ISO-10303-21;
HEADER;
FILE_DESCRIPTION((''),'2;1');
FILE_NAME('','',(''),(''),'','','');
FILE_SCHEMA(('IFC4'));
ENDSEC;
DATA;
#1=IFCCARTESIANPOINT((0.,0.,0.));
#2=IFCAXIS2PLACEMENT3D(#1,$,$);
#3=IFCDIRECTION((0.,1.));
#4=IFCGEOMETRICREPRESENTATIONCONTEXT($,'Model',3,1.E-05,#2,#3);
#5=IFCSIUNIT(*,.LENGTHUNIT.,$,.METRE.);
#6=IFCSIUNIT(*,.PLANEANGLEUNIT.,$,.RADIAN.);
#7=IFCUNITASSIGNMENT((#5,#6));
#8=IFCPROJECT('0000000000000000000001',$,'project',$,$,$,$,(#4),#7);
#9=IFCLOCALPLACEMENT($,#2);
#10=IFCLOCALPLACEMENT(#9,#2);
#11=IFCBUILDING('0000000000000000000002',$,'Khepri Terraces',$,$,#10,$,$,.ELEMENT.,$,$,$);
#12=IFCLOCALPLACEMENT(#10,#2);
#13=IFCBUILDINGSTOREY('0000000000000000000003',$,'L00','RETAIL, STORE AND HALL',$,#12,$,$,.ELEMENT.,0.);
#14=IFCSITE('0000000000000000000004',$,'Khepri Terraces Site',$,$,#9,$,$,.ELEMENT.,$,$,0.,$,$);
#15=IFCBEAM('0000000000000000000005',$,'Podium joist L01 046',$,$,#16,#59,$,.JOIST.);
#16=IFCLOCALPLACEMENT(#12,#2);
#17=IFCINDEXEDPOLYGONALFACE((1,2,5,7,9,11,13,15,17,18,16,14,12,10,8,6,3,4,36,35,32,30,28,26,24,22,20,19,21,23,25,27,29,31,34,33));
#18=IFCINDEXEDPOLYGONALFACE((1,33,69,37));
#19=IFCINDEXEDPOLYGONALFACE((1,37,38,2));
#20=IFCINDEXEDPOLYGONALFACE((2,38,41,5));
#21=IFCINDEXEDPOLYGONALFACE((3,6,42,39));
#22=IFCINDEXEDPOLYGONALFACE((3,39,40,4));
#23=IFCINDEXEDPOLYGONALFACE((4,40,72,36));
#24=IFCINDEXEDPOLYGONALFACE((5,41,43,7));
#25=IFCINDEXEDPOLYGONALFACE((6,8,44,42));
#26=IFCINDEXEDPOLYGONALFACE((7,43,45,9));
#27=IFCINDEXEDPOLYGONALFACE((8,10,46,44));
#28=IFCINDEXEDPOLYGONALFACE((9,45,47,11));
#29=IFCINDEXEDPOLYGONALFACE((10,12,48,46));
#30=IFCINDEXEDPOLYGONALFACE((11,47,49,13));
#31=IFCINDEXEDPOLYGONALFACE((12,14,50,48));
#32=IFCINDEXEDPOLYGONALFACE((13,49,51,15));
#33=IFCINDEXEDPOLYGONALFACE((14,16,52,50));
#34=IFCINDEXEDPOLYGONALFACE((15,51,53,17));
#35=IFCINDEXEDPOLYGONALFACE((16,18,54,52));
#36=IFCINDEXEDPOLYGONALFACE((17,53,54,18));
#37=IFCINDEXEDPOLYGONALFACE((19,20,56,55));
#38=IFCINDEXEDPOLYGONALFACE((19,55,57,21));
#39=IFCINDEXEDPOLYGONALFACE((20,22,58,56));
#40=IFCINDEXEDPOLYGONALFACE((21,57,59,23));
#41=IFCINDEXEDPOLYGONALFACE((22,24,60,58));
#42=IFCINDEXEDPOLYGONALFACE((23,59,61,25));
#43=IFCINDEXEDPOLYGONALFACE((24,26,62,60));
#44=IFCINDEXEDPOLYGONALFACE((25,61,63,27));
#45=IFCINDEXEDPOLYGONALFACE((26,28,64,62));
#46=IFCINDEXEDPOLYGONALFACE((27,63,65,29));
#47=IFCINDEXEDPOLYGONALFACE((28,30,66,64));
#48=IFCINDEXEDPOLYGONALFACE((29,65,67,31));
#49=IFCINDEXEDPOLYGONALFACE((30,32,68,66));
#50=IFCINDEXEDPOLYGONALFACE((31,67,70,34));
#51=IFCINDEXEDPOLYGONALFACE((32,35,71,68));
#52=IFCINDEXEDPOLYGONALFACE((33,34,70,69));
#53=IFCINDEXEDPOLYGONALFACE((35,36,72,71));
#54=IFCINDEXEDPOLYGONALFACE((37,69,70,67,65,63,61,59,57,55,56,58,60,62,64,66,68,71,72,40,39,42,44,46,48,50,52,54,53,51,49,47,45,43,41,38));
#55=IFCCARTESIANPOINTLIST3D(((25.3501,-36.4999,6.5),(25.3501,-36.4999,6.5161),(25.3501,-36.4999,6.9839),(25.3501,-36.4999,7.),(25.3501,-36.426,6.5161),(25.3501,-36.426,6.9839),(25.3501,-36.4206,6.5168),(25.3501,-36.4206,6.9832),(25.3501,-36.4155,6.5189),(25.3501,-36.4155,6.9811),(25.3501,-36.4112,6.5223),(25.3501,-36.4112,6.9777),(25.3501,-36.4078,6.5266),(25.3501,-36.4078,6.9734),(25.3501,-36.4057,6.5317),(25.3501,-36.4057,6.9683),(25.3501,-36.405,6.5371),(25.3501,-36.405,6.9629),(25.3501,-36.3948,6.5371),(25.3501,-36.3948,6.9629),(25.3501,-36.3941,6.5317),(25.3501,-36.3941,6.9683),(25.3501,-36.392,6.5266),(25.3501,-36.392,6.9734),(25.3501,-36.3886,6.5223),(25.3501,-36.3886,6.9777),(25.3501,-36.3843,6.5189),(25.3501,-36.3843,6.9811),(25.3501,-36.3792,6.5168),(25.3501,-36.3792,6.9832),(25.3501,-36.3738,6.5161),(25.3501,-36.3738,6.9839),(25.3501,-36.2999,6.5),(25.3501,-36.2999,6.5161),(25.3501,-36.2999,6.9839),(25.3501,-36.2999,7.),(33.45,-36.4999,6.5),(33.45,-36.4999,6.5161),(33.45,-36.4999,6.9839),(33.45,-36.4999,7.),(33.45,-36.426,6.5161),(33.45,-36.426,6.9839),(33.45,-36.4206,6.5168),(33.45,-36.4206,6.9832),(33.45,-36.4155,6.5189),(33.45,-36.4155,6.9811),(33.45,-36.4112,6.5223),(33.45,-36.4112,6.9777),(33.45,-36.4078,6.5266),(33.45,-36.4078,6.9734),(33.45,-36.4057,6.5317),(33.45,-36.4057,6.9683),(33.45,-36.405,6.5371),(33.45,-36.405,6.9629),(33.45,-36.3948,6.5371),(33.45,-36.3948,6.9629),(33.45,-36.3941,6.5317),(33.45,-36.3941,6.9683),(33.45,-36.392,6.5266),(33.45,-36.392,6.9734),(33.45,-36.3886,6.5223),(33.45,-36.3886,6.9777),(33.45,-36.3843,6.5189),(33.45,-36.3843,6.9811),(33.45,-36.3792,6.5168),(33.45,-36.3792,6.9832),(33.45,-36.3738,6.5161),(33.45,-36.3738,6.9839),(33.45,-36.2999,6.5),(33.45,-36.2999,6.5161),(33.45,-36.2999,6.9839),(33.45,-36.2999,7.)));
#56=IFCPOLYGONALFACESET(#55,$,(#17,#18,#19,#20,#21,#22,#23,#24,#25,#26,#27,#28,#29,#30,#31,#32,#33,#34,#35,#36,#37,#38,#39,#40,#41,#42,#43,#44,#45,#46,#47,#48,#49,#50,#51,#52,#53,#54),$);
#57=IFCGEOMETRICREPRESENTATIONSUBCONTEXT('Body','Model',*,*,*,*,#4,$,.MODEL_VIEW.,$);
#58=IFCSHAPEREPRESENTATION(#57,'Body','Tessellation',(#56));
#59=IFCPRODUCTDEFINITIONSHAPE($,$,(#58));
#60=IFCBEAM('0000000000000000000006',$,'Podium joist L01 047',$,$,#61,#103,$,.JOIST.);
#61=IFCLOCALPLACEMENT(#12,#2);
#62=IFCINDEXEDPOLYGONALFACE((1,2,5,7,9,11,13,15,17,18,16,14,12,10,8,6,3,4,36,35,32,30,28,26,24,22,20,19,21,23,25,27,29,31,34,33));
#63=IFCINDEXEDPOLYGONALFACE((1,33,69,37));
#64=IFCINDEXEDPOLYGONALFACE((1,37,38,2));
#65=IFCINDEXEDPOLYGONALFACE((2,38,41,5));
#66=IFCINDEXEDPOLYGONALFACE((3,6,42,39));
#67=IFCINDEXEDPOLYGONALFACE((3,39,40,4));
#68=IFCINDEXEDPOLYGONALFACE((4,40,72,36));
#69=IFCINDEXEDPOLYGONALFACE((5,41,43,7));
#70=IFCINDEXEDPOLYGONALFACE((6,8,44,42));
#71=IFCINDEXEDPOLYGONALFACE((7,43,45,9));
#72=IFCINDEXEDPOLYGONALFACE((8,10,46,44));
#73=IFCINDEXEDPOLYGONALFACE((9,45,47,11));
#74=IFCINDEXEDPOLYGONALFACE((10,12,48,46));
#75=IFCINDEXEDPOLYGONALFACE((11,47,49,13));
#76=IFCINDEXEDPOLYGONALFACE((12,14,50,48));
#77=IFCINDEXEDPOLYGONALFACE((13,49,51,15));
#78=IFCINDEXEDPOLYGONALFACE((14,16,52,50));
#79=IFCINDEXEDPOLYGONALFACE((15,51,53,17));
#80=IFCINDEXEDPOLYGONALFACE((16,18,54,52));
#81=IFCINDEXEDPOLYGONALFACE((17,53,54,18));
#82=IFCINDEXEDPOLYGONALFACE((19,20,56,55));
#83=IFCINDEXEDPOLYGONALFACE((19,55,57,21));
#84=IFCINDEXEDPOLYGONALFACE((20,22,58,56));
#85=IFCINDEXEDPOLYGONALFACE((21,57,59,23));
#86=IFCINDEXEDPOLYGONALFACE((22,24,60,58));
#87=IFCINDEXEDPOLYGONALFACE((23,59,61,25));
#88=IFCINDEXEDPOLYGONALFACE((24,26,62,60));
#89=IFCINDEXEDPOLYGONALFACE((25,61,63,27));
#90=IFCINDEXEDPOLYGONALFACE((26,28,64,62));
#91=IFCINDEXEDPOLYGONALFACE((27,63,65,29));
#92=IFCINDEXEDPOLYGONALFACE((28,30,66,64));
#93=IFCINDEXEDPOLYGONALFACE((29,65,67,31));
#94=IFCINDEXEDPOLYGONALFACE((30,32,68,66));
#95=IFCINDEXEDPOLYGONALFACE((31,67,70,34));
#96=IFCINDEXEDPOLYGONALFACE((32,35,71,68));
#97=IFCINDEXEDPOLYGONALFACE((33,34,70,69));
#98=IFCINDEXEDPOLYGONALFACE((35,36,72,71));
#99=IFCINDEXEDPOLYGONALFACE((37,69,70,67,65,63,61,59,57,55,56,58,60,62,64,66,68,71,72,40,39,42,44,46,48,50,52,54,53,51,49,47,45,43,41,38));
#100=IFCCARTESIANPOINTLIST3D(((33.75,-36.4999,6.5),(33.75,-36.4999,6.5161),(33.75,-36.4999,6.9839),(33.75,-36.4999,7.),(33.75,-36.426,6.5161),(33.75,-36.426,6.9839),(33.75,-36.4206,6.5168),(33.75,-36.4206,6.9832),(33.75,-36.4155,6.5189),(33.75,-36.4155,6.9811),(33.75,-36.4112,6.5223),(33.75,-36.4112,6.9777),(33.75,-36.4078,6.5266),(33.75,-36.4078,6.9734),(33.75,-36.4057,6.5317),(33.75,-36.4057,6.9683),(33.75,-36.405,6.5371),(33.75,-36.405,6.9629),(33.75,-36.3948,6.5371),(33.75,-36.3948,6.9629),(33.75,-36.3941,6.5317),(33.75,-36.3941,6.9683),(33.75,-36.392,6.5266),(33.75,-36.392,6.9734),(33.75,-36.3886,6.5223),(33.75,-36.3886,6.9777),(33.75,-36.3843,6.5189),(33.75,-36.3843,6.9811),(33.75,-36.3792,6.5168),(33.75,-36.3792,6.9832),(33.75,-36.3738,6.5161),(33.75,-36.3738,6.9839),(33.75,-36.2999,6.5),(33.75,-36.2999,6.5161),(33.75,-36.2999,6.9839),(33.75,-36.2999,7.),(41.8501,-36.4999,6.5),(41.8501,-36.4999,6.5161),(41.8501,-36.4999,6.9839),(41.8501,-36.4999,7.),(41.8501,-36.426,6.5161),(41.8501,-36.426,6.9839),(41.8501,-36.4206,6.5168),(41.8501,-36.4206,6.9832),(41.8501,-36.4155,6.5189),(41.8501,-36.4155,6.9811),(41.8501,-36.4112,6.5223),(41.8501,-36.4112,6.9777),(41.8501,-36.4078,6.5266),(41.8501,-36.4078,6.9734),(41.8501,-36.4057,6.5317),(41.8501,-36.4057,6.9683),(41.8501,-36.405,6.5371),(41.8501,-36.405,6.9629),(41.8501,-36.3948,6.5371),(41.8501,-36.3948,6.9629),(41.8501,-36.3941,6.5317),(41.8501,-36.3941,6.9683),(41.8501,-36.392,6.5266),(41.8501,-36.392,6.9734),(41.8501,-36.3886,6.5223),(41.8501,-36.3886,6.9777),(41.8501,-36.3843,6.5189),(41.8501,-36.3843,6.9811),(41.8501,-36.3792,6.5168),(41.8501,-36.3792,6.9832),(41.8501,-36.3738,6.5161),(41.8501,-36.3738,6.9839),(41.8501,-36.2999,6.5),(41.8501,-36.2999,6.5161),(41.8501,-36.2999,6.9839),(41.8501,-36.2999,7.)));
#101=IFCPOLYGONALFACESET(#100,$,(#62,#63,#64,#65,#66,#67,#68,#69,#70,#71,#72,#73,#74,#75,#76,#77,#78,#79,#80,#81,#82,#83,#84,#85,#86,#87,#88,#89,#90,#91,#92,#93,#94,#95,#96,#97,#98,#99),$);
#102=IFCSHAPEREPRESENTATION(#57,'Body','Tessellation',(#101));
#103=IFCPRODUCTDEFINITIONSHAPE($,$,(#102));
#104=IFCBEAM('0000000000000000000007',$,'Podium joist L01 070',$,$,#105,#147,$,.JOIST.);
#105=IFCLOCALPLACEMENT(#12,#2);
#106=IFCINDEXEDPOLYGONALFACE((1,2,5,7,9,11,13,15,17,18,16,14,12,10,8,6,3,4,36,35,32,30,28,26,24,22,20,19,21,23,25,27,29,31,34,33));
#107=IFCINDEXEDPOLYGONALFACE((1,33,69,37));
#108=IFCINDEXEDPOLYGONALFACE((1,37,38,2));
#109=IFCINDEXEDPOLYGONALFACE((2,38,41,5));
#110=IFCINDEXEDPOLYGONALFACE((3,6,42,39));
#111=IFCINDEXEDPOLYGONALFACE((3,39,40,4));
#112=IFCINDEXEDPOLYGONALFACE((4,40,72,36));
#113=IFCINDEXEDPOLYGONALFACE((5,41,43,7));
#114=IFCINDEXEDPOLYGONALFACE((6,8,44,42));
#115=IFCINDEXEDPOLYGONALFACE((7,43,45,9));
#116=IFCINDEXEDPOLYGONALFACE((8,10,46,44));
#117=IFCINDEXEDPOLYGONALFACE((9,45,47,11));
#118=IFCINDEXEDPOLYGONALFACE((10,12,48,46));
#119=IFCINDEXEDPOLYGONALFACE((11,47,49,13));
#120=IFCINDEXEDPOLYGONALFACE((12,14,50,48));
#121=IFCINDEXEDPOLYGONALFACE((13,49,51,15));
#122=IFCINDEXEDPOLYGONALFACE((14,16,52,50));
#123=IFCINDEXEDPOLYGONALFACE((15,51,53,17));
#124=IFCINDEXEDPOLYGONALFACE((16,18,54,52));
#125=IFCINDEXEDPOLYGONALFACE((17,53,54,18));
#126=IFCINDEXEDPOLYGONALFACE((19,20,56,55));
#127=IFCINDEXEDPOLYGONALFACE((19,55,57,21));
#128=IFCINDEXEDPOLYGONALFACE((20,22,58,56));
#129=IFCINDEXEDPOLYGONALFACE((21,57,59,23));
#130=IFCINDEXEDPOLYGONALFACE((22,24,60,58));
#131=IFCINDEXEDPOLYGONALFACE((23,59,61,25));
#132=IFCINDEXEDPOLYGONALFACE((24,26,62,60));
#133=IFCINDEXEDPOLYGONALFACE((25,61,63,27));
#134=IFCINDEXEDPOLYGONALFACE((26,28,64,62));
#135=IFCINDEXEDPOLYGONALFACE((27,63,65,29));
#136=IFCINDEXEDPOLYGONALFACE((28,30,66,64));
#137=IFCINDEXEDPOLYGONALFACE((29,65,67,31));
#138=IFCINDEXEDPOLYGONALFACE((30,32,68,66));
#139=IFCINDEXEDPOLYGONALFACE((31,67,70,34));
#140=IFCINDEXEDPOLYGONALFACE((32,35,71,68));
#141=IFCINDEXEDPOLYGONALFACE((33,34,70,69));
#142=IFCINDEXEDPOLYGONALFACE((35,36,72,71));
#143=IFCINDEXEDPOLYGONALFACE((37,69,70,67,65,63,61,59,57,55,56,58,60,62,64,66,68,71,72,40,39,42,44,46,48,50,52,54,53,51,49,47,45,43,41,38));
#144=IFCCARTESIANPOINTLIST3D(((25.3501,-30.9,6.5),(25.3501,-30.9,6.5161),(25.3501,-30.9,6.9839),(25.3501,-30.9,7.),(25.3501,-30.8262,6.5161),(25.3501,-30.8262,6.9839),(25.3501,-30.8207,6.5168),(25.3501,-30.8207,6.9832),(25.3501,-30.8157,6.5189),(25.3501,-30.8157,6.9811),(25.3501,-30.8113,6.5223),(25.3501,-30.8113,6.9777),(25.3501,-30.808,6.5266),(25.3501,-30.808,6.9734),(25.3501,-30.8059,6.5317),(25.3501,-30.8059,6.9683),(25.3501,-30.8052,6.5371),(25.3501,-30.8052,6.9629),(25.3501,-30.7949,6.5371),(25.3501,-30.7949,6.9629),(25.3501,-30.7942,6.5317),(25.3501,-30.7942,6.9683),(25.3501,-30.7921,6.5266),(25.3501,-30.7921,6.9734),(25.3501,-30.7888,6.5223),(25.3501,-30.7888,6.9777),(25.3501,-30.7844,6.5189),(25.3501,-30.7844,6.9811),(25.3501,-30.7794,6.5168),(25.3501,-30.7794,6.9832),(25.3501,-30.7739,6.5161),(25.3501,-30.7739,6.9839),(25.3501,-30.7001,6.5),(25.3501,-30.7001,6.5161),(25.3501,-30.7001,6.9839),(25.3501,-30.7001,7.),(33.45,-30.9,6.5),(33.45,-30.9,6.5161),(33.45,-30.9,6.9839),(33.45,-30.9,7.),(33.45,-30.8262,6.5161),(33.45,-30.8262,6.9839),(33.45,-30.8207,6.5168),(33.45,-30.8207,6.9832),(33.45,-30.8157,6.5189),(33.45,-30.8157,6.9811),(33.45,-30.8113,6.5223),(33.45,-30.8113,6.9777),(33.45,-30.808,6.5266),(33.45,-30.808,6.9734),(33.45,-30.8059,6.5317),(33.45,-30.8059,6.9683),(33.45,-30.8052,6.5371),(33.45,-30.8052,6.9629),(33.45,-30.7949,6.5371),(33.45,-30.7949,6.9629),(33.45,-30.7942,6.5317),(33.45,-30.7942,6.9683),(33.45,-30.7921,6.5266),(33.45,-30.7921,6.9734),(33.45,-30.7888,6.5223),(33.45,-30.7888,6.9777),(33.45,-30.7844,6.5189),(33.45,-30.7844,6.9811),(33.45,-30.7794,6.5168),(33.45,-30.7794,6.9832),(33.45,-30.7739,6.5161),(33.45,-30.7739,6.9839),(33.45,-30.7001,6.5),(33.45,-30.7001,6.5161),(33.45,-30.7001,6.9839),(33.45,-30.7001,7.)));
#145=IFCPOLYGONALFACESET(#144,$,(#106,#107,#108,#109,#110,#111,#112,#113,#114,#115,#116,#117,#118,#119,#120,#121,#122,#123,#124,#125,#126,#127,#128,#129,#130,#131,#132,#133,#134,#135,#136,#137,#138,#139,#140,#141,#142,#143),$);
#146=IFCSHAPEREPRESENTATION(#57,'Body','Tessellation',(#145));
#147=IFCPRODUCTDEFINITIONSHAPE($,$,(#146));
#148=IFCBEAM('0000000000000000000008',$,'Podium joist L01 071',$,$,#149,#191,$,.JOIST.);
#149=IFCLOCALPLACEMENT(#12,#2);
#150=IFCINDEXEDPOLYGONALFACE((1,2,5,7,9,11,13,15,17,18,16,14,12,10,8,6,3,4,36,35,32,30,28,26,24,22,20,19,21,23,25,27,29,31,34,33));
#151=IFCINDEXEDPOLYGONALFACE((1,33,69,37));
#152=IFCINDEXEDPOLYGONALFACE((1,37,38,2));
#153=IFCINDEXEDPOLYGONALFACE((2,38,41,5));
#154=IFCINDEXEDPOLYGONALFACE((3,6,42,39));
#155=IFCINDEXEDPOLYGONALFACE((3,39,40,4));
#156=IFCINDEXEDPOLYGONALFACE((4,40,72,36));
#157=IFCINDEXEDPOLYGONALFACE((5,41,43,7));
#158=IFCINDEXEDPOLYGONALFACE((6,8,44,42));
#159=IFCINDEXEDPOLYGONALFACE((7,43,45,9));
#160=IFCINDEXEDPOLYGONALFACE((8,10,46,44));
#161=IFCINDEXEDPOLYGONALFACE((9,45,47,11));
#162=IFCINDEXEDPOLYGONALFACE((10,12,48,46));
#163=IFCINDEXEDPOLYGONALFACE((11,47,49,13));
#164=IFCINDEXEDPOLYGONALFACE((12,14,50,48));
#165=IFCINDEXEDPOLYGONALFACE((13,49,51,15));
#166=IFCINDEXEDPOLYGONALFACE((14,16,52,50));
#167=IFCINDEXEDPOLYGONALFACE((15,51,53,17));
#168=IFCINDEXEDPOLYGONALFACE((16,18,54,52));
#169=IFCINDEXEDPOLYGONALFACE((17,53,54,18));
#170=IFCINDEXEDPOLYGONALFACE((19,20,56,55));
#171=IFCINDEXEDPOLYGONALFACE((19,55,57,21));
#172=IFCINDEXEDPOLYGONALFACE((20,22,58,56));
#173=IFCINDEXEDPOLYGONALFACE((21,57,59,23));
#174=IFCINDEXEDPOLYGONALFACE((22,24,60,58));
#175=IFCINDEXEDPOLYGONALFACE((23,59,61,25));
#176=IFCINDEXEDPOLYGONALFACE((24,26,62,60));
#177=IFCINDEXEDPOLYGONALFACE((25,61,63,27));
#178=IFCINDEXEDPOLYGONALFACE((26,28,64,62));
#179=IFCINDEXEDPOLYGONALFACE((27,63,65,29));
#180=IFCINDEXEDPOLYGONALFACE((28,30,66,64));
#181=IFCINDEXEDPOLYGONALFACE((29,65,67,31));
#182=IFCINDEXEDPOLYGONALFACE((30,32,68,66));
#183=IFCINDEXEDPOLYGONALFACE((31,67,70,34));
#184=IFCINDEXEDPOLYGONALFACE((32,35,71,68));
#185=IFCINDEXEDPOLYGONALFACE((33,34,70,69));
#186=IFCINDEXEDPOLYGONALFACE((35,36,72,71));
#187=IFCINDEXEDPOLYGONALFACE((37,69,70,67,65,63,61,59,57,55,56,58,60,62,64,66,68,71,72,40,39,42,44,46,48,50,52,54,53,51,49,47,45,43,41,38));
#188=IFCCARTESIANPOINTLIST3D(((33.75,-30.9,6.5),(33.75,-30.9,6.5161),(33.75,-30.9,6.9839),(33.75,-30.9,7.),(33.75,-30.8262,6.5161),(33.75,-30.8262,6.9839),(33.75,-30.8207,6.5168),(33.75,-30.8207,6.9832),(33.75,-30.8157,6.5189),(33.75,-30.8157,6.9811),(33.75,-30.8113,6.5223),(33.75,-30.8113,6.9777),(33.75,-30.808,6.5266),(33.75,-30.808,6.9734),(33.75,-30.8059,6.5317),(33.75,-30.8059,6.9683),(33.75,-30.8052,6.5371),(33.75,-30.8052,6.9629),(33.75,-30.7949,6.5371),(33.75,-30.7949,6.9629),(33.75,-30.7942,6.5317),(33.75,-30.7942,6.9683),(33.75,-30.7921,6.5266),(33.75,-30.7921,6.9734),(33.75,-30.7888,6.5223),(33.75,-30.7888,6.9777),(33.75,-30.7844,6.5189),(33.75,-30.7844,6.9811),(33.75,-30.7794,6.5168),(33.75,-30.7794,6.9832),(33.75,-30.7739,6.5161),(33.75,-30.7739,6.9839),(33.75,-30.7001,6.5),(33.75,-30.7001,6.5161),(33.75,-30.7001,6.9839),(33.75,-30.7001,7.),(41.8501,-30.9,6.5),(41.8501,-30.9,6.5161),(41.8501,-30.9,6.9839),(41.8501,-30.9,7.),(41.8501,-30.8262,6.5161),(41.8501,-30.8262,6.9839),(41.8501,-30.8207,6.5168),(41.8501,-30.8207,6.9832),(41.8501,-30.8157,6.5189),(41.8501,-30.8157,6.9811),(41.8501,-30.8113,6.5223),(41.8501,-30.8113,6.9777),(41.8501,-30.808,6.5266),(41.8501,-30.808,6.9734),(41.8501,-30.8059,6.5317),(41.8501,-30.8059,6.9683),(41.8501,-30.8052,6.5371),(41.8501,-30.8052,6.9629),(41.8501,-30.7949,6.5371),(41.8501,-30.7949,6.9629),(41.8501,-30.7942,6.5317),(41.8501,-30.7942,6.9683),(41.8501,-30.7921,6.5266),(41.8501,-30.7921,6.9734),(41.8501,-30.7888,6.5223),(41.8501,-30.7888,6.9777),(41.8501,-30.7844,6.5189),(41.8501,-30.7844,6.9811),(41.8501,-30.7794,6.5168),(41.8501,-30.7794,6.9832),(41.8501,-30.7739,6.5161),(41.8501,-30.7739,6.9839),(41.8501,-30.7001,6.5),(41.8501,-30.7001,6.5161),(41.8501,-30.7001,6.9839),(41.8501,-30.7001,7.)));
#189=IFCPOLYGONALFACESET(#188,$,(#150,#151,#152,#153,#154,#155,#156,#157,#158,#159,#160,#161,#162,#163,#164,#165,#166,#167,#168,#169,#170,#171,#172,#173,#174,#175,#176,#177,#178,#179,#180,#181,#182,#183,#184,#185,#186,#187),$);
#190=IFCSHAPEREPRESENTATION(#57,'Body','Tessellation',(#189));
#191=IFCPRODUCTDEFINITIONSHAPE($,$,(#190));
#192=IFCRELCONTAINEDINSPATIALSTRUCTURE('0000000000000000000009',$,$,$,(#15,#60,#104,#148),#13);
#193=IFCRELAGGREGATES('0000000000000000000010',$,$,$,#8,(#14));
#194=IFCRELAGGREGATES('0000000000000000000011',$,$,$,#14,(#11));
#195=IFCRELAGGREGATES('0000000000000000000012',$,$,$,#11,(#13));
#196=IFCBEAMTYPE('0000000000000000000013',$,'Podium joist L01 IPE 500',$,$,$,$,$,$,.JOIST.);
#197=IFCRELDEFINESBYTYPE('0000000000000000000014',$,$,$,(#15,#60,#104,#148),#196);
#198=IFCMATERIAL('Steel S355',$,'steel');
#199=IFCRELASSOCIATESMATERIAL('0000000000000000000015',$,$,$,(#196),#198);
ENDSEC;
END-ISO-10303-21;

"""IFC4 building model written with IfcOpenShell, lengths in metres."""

from ifc_helpers import new_model, si_unit, direction, frame, origin, origin_2d, place, context, subcontext, project, spatial, i_section, extrude, material, material_profile, profile_set, type_object, element, save


model = new_model("IFC4")

# Units and contexts
model_context = context("Model", 3, precision=1e-05, world=origin(), true_north=direction((0.0, 1.0)))
body_context = subcontext(model_context, "Body", "Model", "MODEL_VIEW")
ifc_project = project(units=[si_unit("LENGTHUNIT", "METRE"), si_unit("PLANEANGLEUNIT", "RADIAN")], contexts=[model_context])

# Site, building, storey
site_placement = place(None, origin())
site = spatial("IfcSite", under=ifc_project, at=site_placement, Name="Khepri Terraces Site", CompositionType="ELEMENT", RefElevation=0.0)
building_placement = place(site_placement, origin())
building = spatial("IfcBuilding", under=site, at=building_placement, Name="Khepri Terraces", CompositionType="ELEMENT")
storey_placement = place(building_placement, origin())
storey = spatial("IfcBuildingStorey", under=building, at=storey_placement, Name="L00", Description="RETAIL, STORE AND HALL", CompositionType="ELEMENT", Elevation=0.0)

# Beams
ifc_material_1 = material(Name="Steel S355", Category="steel")
ifc_material_profile_1 = material_profile(ifc_material_1, i_section(OverallWidth=0.2, OverallDepth=0.5, WebThickness=0.0103, FlangeThickness=0.0161, FilletRadius=0.021, at=origin_2d()), Name="Steel S355", Category="steel")
ifc_profile_set_1 = profile_set([ifc_material_profile_1], Name="Steel S355")
beam_type_1 = type_object("IfcBeamType", Name="Podium joist L01 IPE 500", PredefinedType="JOIST", material=ifc_profile_set_1)
beam_1_placement = place(storey_placement, frame((25.3501, -36.3999, 6.75), z_axis=(1.0, 0.0, 0.0), x_axis=(0.0, 1.0, 0.0)))
element("IfcBeam", 1, at=beam_1_placement, inside=storey, type_object=beam_type_1, Name="Podium joist L01 046", PredefinedType="JOIST", context=body_context, shape_type="SweptSolid", body=[
    extrude(i_section(OverallWidth=0.2, OverallDepth=0.5, WebThickness=0.0103, FlangeThickness=0.0161, FilletRadius=0.021, at=origin_2d()), origin(), (0.0, 0.0, 1.0), 8.0999),
])
beam_2_placement = place(storey_placement, frame((33.75, -36.3999, 6.75), z_axis=(1.0, 0.0, 0.0), x_axis=(0.0, 1.0, 0.0)))
element("IfcBeam", 2, at=beam_2_placement, inside=storey, type_object=beam_type_1, Name="Podium joist L01 047", PredefinedType="JOIST", context=body_context, shape_type="SweptSolid", body=[
    extrude(i_section(OverallWidth=0.2, OverallDepth=0.5, WebThickness=0.0103, FlangeThickness=0.0161, FilletRadius=0.021, at=origin_2d()), origin(), (0.0, 0.0, 1.0), 8.1001),
])
beam_3_placement = place(storey_placement, frame((25.3501, -30.8, 6.75), z_axis=(1.0, 0.0, 0.0), x_axis=(0.0, 1.0, 0.0)))
element("IfcBeam", 3, at=beam_3_placement, inside=storey, type_object=beam_type_1, Name="Podium joist L01 070", PredefinedType="JOIST", context=body_context, shape_type="SweptSolid", body=[
    extrude(i_section(OverallWidth=0.2, OverallDepth=0.5, WebThickness=0.0103, FlangeThickness=0.0161, FilletRadius=0.021, at=origin_2d()), origin(), (0.0, 0.0, 1.0), 8.0999),
])
beam_4_placement = place(storey_placement, frame((33.75, -30.8, 6.75), z_axis=(1.0, 0.0, 0.0), x_axis=(0.0, 1.0, 0.0)))
element("IfcBeam", 4, at=beam_4_placement, inside=storey, type_object=beam_type_1, Name="Podium joist L01 071", PredefinedType="JOIST", context=body_context, shape_type="SweptSolid", body=[
    extrude(i_section(OverallWidth=0.2, OverallDepth=0.5, WebThickness=0.0103, FlangeThickness=0.0161, FilletRadius=0.021, at=origin_2d()), origin(), (0.0, 0.0, 1.0), 8.1001),
])

save(model, "model.ifc")
